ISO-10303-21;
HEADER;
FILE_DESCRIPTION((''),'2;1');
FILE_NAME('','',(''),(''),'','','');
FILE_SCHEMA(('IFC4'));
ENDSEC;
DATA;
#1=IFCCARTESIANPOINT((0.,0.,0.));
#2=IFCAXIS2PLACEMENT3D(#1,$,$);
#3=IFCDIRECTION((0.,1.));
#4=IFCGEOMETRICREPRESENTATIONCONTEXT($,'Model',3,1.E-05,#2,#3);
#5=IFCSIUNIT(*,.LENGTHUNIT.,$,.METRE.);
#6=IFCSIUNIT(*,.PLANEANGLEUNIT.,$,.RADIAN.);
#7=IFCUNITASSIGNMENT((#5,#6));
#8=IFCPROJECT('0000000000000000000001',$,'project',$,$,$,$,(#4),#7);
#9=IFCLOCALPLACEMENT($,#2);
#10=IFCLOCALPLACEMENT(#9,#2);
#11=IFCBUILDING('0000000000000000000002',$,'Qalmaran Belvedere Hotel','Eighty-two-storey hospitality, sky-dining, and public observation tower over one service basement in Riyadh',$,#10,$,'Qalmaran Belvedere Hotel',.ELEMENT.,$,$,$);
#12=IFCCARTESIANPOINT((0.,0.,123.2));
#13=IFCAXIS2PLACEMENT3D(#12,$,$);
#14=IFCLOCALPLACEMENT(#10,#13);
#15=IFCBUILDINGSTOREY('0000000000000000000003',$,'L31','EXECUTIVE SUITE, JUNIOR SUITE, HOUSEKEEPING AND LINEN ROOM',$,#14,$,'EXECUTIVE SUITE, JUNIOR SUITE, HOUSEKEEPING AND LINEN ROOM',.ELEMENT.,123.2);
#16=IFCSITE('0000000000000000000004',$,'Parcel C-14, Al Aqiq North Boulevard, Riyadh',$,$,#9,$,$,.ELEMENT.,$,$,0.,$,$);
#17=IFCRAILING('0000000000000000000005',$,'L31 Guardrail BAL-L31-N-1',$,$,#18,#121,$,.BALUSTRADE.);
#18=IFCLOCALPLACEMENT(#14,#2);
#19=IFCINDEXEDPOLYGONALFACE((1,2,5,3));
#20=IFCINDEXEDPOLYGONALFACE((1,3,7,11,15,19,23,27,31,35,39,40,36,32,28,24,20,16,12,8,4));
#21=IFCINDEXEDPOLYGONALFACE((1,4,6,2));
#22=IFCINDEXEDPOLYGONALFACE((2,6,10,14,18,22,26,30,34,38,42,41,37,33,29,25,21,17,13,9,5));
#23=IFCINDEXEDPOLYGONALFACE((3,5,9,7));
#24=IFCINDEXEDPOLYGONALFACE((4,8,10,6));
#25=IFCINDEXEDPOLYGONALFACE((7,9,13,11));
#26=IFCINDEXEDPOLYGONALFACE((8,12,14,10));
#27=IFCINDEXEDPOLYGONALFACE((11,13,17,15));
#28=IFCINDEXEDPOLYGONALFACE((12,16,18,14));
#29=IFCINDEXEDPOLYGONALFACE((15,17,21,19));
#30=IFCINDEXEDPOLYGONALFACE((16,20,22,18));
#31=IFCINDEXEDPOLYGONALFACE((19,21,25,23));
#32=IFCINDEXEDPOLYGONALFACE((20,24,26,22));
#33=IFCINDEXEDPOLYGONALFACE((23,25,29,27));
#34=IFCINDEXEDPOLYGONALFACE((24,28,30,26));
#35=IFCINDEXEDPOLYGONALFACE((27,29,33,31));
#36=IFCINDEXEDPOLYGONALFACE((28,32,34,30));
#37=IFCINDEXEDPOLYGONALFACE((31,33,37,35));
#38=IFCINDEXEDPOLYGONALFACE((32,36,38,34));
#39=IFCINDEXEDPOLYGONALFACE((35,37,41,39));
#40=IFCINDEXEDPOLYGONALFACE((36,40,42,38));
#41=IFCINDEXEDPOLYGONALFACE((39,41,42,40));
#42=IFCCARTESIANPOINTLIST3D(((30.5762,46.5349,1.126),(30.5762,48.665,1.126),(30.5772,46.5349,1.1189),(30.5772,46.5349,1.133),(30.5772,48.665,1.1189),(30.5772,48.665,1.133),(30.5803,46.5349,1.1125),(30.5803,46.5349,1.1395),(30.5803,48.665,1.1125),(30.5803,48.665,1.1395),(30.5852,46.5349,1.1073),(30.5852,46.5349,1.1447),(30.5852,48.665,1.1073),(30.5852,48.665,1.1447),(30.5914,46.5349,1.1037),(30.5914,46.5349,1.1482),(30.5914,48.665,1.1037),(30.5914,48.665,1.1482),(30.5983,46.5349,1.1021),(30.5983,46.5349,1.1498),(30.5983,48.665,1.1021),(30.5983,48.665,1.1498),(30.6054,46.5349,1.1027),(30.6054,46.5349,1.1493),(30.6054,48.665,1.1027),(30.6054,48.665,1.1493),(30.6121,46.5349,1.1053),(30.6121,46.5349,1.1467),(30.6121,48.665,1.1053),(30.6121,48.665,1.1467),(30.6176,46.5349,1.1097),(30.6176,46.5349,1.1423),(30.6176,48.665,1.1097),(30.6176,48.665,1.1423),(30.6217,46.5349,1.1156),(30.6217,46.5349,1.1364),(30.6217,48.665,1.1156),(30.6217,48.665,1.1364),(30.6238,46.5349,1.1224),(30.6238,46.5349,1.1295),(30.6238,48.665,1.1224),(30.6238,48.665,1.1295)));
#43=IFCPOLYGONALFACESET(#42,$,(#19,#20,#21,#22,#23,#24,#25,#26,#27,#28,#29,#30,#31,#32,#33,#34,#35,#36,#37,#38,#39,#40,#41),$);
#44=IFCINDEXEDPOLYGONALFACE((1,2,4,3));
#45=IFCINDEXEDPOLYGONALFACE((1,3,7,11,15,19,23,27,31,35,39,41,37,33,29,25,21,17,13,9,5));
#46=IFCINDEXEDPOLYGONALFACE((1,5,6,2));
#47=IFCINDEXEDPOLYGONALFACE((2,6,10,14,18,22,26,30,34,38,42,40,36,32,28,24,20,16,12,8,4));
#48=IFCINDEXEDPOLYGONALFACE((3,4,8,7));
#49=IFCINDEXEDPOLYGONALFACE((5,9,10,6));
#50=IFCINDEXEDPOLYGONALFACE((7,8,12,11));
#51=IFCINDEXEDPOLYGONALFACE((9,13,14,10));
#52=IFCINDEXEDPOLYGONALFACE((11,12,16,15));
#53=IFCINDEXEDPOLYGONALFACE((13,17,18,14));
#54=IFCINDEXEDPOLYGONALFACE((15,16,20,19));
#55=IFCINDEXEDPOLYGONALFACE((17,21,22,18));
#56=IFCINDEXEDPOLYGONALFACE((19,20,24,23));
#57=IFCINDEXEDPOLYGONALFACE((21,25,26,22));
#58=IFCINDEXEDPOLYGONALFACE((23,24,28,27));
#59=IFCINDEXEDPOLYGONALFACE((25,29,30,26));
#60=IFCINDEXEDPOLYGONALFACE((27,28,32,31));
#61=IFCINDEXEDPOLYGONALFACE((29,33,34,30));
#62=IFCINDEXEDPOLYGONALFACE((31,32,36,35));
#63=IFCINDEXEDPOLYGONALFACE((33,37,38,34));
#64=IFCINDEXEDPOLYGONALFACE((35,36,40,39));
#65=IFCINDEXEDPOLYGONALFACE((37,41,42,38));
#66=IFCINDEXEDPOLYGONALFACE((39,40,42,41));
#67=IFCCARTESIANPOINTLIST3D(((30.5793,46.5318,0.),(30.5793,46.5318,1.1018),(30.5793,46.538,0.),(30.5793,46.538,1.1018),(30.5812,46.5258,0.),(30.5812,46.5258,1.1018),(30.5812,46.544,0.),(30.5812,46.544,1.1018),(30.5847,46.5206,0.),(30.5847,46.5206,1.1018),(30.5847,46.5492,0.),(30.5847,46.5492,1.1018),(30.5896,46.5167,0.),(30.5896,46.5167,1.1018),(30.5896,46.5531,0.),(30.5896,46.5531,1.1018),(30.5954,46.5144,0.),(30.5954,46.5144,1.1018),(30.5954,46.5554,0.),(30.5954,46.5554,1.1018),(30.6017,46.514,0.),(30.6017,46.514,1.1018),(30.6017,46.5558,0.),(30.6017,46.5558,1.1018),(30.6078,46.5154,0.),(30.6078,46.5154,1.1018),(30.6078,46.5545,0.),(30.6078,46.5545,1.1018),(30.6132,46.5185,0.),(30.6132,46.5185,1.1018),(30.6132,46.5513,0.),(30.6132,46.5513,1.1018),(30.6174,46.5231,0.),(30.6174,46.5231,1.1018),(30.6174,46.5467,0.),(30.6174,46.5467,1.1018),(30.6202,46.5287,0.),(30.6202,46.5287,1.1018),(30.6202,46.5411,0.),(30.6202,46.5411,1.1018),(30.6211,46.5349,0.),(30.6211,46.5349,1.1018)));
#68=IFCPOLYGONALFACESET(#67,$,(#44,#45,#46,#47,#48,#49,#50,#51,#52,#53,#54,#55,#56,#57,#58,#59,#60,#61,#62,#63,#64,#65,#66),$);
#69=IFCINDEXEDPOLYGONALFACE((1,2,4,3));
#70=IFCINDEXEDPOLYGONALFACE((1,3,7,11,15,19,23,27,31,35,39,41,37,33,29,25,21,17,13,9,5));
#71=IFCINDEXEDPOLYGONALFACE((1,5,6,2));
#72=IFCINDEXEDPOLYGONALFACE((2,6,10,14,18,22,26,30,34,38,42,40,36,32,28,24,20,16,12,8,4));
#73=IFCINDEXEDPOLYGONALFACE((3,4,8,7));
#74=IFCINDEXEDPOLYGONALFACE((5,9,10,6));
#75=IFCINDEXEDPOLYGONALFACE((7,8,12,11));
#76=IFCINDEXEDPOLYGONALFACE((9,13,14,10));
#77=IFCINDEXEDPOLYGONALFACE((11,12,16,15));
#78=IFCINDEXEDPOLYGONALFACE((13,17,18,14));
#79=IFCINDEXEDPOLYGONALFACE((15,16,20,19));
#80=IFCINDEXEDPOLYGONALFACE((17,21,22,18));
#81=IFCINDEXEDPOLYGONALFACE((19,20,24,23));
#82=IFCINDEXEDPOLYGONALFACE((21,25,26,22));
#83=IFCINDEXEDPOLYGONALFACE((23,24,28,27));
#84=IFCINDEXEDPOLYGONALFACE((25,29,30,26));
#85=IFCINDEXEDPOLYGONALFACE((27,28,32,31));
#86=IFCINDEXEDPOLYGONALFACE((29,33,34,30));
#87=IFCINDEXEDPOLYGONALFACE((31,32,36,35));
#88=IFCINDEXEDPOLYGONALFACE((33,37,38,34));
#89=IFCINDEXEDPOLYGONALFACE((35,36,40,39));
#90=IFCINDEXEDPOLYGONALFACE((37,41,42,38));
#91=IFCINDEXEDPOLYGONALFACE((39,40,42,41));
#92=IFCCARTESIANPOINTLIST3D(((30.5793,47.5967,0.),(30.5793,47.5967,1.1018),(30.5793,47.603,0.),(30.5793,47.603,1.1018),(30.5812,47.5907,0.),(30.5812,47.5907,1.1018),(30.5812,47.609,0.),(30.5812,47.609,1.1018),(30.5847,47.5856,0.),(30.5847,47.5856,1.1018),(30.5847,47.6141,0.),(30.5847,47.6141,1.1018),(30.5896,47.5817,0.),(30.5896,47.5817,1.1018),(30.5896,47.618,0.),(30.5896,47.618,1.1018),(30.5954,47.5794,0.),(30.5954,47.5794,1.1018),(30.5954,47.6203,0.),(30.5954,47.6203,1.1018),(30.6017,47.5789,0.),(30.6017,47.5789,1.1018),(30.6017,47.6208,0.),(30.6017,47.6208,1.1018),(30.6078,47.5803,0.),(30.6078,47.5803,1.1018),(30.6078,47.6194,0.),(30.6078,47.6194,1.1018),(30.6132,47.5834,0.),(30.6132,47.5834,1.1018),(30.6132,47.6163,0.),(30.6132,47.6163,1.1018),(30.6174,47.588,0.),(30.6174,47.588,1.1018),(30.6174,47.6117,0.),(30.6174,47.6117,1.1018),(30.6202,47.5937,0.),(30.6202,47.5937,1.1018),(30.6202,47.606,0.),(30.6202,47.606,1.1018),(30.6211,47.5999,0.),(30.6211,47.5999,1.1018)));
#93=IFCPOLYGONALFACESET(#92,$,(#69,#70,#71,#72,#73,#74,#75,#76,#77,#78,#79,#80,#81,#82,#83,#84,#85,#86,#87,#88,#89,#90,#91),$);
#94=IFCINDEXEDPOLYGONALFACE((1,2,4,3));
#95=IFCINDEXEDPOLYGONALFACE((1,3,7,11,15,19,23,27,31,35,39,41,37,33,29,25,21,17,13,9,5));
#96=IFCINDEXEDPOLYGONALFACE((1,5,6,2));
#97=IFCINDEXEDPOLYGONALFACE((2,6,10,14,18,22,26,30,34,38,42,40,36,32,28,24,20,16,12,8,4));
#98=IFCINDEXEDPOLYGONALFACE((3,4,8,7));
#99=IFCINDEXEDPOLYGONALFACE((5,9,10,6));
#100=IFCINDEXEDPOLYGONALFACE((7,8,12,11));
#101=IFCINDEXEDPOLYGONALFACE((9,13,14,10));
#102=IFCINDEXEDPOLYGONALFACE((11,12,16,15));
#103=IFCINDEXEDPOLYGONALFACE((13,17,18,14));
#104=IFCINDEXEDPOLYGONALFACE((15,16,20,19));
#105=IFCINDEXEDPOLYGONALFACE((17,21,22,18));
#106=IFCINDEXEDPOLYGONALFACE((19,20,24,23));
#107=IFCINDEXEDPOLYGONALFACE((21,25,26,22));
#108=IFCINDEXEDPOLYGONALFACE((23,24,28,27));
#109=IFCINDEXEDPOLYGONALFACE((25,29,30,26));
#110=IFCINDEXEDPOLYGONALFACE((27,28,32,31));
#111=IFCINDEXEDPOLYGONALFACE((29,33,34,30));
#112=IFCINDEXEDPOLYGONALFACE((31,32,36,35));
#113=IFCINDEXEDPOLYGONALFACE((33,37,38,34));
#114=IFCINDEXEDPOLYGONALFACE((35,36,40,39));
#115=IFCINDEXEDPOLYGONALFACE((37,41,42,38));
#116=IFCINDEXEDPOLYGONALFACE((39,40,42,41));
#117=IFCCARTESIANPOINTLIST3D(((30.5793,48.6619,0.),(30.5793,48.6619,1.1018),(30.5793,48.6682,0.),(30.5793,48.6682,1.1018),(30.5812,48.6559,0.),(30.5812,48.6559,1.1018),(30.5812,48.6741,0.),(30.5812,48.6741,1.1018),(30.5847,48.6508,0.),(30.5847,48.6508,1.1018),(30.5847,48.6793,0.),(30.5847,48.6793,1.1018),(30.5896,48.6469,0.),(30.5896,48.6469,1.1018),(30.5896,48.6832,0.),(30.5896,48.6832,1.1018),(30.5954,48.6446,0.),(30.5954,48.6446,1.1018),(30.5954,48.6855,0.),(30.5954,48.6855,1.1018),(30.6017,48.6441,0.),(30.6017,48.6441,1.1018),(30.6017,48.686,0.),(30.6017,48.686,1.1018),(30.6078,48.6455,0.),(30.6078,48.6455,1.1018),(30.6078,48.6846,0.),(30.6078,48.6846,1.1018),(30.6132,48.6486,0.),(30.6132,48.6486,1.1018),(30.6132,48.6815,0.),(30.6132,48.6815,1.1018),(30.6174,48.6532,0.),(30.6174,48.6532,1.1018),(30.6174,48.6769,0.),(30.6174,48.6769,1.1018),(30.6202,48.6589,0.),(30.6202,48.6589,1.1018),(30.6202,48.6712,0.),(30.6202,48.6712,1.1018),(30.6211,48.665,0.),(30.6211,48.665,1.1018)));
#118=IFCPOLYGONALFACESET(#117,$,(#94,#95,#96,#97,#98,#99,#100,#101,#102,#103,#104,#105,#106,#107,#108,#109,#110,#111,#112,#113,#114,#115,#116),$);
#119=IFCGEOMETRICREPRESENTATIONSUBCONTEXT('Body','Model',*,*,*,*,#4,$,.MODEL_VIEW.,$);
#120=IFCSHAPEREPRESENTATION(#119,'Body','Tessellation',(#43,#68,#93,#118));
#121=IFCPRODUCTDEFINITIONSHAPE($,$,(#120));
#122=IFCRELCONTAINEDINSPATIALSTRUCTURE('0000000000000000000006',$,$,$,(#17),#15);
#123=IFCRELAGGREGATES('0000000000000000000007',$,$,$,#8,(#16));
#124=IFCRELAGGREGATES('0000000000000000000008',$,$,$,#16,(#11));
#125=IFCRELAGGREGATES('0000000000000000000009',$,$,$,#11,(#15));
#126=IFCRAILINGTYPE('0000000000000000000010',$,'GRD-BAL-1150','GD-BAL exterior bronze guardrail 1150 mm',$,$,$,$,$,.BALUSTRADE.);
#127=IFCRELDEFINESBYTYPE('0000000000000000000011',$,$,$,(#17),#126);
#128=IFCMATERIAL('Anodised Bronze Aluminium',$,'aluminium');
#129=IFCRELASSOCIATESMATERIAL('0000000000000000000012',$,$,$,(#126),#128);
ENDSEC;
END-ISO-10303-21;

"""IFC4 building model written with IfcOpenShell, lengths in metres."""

from ifc_helpers import new_model, si_unit, direction, frame, origin, origin_2d, place, context, subcontext, project, spatial, circle, extrude, material, type_object, element, save


model = new_model("IFC4")

# Units and contexts
model_context = context("Model", 3, precision=1e-05, world=origin(), true_north=direction((0.0, 1.0)))
body_context = subcontext(model_context, "Body", "Model", "MODEL_VIEW")
ifc_project = project(units=[si_unit("LENGTHUNIT", "METRE"), si_unit("PLANEANGLEUNIT", "RADIAN")], contexts=[model_context])

# Site, building, storey
site_placement = place(None, origin())
site = spatial("IfcSite", under=ifc_project, at=site_placement, Name="Parcel C-14, Al Aqiq North Boulevard, Riyadh", CompositionType="ELEMENT", RefElevation=0.0)
building_placement = place(site_placement, origin())
building = spatial("IfcBuilding", under=site, at=building_placement, Name="Qalmaran Belvedere Hotel", Description="Eighty-two-storey hospitality, sky-dining, and public observation tower over one service basement in Riyadh", LongName="Qalmaran Belvedere Hotel", CompositionType="ELEMENT")
storey_placement = place(building_placement, frame((0.0, 0.0, 123.2)))
storey = spatial("IfcBuildingStorey", under=building, at=storey_placement, Name="L31", Description="EXECUTIVE SUITE, JUNIOR SUITE, HOUSEKEEPING AND LINEN ROOM", LongName="EXECUTIVE SUITE, JUNIOR SUITE, HOUSEKEEPING AND LINEN ROOM", CompositionType="ELEMENT", Elevation=123.2)

# Shared definitions
ifc_material_1 = material(Name="Anodised Bronze Aluminium", Category="aluminium")

# Railing
railing_type = type_object("IfcRailingType", Name="GRD-BAL-1150", Description="GD-BAL exterior bronze guardrail 1150 mm", PredefinedType="BALUSTRADE", material=ifc_material_1)
railing_1_placement = place(storey_placement, frame((30.6001, 46.5349, 0.0)))
element("IfcRailing", 1, at=railing_1_placement, inside=storey, type_object=railing_type, Name="L31 Guardrail BAL-L31-N-1", PredefinedType="BALUSTRADE", context=body_context, shape_type="SweptSolid", body=[
    extrude(circle(Radius=0.0239, at=origin_2d()), frame((0.0, 0.0, 1.126), z_axis=(0.0, 1.0, 0.0), x_axis=(-1.0, 0.0, 0.0)), (0.0, 0.0, 1.0), 2.1301),
    extrude(circle(Radius=0.021, at=origin_2d()), origin(), (0.0, 0.0, 1.0), 1.1018),
    extrude(circle(Radius=0.021, at=origin_2d()), frame((0.0, 1.0649, 0.0)), (0.0, 0.0, 1.0), 1.1018),
    extrude(circle(Radius=0.021, at=origin_2d()), frame((0.0, 2.1301, 0.0)), (0.0, 0.0, 1.0), 1.1018),
])

save(model, "model.ifc")
